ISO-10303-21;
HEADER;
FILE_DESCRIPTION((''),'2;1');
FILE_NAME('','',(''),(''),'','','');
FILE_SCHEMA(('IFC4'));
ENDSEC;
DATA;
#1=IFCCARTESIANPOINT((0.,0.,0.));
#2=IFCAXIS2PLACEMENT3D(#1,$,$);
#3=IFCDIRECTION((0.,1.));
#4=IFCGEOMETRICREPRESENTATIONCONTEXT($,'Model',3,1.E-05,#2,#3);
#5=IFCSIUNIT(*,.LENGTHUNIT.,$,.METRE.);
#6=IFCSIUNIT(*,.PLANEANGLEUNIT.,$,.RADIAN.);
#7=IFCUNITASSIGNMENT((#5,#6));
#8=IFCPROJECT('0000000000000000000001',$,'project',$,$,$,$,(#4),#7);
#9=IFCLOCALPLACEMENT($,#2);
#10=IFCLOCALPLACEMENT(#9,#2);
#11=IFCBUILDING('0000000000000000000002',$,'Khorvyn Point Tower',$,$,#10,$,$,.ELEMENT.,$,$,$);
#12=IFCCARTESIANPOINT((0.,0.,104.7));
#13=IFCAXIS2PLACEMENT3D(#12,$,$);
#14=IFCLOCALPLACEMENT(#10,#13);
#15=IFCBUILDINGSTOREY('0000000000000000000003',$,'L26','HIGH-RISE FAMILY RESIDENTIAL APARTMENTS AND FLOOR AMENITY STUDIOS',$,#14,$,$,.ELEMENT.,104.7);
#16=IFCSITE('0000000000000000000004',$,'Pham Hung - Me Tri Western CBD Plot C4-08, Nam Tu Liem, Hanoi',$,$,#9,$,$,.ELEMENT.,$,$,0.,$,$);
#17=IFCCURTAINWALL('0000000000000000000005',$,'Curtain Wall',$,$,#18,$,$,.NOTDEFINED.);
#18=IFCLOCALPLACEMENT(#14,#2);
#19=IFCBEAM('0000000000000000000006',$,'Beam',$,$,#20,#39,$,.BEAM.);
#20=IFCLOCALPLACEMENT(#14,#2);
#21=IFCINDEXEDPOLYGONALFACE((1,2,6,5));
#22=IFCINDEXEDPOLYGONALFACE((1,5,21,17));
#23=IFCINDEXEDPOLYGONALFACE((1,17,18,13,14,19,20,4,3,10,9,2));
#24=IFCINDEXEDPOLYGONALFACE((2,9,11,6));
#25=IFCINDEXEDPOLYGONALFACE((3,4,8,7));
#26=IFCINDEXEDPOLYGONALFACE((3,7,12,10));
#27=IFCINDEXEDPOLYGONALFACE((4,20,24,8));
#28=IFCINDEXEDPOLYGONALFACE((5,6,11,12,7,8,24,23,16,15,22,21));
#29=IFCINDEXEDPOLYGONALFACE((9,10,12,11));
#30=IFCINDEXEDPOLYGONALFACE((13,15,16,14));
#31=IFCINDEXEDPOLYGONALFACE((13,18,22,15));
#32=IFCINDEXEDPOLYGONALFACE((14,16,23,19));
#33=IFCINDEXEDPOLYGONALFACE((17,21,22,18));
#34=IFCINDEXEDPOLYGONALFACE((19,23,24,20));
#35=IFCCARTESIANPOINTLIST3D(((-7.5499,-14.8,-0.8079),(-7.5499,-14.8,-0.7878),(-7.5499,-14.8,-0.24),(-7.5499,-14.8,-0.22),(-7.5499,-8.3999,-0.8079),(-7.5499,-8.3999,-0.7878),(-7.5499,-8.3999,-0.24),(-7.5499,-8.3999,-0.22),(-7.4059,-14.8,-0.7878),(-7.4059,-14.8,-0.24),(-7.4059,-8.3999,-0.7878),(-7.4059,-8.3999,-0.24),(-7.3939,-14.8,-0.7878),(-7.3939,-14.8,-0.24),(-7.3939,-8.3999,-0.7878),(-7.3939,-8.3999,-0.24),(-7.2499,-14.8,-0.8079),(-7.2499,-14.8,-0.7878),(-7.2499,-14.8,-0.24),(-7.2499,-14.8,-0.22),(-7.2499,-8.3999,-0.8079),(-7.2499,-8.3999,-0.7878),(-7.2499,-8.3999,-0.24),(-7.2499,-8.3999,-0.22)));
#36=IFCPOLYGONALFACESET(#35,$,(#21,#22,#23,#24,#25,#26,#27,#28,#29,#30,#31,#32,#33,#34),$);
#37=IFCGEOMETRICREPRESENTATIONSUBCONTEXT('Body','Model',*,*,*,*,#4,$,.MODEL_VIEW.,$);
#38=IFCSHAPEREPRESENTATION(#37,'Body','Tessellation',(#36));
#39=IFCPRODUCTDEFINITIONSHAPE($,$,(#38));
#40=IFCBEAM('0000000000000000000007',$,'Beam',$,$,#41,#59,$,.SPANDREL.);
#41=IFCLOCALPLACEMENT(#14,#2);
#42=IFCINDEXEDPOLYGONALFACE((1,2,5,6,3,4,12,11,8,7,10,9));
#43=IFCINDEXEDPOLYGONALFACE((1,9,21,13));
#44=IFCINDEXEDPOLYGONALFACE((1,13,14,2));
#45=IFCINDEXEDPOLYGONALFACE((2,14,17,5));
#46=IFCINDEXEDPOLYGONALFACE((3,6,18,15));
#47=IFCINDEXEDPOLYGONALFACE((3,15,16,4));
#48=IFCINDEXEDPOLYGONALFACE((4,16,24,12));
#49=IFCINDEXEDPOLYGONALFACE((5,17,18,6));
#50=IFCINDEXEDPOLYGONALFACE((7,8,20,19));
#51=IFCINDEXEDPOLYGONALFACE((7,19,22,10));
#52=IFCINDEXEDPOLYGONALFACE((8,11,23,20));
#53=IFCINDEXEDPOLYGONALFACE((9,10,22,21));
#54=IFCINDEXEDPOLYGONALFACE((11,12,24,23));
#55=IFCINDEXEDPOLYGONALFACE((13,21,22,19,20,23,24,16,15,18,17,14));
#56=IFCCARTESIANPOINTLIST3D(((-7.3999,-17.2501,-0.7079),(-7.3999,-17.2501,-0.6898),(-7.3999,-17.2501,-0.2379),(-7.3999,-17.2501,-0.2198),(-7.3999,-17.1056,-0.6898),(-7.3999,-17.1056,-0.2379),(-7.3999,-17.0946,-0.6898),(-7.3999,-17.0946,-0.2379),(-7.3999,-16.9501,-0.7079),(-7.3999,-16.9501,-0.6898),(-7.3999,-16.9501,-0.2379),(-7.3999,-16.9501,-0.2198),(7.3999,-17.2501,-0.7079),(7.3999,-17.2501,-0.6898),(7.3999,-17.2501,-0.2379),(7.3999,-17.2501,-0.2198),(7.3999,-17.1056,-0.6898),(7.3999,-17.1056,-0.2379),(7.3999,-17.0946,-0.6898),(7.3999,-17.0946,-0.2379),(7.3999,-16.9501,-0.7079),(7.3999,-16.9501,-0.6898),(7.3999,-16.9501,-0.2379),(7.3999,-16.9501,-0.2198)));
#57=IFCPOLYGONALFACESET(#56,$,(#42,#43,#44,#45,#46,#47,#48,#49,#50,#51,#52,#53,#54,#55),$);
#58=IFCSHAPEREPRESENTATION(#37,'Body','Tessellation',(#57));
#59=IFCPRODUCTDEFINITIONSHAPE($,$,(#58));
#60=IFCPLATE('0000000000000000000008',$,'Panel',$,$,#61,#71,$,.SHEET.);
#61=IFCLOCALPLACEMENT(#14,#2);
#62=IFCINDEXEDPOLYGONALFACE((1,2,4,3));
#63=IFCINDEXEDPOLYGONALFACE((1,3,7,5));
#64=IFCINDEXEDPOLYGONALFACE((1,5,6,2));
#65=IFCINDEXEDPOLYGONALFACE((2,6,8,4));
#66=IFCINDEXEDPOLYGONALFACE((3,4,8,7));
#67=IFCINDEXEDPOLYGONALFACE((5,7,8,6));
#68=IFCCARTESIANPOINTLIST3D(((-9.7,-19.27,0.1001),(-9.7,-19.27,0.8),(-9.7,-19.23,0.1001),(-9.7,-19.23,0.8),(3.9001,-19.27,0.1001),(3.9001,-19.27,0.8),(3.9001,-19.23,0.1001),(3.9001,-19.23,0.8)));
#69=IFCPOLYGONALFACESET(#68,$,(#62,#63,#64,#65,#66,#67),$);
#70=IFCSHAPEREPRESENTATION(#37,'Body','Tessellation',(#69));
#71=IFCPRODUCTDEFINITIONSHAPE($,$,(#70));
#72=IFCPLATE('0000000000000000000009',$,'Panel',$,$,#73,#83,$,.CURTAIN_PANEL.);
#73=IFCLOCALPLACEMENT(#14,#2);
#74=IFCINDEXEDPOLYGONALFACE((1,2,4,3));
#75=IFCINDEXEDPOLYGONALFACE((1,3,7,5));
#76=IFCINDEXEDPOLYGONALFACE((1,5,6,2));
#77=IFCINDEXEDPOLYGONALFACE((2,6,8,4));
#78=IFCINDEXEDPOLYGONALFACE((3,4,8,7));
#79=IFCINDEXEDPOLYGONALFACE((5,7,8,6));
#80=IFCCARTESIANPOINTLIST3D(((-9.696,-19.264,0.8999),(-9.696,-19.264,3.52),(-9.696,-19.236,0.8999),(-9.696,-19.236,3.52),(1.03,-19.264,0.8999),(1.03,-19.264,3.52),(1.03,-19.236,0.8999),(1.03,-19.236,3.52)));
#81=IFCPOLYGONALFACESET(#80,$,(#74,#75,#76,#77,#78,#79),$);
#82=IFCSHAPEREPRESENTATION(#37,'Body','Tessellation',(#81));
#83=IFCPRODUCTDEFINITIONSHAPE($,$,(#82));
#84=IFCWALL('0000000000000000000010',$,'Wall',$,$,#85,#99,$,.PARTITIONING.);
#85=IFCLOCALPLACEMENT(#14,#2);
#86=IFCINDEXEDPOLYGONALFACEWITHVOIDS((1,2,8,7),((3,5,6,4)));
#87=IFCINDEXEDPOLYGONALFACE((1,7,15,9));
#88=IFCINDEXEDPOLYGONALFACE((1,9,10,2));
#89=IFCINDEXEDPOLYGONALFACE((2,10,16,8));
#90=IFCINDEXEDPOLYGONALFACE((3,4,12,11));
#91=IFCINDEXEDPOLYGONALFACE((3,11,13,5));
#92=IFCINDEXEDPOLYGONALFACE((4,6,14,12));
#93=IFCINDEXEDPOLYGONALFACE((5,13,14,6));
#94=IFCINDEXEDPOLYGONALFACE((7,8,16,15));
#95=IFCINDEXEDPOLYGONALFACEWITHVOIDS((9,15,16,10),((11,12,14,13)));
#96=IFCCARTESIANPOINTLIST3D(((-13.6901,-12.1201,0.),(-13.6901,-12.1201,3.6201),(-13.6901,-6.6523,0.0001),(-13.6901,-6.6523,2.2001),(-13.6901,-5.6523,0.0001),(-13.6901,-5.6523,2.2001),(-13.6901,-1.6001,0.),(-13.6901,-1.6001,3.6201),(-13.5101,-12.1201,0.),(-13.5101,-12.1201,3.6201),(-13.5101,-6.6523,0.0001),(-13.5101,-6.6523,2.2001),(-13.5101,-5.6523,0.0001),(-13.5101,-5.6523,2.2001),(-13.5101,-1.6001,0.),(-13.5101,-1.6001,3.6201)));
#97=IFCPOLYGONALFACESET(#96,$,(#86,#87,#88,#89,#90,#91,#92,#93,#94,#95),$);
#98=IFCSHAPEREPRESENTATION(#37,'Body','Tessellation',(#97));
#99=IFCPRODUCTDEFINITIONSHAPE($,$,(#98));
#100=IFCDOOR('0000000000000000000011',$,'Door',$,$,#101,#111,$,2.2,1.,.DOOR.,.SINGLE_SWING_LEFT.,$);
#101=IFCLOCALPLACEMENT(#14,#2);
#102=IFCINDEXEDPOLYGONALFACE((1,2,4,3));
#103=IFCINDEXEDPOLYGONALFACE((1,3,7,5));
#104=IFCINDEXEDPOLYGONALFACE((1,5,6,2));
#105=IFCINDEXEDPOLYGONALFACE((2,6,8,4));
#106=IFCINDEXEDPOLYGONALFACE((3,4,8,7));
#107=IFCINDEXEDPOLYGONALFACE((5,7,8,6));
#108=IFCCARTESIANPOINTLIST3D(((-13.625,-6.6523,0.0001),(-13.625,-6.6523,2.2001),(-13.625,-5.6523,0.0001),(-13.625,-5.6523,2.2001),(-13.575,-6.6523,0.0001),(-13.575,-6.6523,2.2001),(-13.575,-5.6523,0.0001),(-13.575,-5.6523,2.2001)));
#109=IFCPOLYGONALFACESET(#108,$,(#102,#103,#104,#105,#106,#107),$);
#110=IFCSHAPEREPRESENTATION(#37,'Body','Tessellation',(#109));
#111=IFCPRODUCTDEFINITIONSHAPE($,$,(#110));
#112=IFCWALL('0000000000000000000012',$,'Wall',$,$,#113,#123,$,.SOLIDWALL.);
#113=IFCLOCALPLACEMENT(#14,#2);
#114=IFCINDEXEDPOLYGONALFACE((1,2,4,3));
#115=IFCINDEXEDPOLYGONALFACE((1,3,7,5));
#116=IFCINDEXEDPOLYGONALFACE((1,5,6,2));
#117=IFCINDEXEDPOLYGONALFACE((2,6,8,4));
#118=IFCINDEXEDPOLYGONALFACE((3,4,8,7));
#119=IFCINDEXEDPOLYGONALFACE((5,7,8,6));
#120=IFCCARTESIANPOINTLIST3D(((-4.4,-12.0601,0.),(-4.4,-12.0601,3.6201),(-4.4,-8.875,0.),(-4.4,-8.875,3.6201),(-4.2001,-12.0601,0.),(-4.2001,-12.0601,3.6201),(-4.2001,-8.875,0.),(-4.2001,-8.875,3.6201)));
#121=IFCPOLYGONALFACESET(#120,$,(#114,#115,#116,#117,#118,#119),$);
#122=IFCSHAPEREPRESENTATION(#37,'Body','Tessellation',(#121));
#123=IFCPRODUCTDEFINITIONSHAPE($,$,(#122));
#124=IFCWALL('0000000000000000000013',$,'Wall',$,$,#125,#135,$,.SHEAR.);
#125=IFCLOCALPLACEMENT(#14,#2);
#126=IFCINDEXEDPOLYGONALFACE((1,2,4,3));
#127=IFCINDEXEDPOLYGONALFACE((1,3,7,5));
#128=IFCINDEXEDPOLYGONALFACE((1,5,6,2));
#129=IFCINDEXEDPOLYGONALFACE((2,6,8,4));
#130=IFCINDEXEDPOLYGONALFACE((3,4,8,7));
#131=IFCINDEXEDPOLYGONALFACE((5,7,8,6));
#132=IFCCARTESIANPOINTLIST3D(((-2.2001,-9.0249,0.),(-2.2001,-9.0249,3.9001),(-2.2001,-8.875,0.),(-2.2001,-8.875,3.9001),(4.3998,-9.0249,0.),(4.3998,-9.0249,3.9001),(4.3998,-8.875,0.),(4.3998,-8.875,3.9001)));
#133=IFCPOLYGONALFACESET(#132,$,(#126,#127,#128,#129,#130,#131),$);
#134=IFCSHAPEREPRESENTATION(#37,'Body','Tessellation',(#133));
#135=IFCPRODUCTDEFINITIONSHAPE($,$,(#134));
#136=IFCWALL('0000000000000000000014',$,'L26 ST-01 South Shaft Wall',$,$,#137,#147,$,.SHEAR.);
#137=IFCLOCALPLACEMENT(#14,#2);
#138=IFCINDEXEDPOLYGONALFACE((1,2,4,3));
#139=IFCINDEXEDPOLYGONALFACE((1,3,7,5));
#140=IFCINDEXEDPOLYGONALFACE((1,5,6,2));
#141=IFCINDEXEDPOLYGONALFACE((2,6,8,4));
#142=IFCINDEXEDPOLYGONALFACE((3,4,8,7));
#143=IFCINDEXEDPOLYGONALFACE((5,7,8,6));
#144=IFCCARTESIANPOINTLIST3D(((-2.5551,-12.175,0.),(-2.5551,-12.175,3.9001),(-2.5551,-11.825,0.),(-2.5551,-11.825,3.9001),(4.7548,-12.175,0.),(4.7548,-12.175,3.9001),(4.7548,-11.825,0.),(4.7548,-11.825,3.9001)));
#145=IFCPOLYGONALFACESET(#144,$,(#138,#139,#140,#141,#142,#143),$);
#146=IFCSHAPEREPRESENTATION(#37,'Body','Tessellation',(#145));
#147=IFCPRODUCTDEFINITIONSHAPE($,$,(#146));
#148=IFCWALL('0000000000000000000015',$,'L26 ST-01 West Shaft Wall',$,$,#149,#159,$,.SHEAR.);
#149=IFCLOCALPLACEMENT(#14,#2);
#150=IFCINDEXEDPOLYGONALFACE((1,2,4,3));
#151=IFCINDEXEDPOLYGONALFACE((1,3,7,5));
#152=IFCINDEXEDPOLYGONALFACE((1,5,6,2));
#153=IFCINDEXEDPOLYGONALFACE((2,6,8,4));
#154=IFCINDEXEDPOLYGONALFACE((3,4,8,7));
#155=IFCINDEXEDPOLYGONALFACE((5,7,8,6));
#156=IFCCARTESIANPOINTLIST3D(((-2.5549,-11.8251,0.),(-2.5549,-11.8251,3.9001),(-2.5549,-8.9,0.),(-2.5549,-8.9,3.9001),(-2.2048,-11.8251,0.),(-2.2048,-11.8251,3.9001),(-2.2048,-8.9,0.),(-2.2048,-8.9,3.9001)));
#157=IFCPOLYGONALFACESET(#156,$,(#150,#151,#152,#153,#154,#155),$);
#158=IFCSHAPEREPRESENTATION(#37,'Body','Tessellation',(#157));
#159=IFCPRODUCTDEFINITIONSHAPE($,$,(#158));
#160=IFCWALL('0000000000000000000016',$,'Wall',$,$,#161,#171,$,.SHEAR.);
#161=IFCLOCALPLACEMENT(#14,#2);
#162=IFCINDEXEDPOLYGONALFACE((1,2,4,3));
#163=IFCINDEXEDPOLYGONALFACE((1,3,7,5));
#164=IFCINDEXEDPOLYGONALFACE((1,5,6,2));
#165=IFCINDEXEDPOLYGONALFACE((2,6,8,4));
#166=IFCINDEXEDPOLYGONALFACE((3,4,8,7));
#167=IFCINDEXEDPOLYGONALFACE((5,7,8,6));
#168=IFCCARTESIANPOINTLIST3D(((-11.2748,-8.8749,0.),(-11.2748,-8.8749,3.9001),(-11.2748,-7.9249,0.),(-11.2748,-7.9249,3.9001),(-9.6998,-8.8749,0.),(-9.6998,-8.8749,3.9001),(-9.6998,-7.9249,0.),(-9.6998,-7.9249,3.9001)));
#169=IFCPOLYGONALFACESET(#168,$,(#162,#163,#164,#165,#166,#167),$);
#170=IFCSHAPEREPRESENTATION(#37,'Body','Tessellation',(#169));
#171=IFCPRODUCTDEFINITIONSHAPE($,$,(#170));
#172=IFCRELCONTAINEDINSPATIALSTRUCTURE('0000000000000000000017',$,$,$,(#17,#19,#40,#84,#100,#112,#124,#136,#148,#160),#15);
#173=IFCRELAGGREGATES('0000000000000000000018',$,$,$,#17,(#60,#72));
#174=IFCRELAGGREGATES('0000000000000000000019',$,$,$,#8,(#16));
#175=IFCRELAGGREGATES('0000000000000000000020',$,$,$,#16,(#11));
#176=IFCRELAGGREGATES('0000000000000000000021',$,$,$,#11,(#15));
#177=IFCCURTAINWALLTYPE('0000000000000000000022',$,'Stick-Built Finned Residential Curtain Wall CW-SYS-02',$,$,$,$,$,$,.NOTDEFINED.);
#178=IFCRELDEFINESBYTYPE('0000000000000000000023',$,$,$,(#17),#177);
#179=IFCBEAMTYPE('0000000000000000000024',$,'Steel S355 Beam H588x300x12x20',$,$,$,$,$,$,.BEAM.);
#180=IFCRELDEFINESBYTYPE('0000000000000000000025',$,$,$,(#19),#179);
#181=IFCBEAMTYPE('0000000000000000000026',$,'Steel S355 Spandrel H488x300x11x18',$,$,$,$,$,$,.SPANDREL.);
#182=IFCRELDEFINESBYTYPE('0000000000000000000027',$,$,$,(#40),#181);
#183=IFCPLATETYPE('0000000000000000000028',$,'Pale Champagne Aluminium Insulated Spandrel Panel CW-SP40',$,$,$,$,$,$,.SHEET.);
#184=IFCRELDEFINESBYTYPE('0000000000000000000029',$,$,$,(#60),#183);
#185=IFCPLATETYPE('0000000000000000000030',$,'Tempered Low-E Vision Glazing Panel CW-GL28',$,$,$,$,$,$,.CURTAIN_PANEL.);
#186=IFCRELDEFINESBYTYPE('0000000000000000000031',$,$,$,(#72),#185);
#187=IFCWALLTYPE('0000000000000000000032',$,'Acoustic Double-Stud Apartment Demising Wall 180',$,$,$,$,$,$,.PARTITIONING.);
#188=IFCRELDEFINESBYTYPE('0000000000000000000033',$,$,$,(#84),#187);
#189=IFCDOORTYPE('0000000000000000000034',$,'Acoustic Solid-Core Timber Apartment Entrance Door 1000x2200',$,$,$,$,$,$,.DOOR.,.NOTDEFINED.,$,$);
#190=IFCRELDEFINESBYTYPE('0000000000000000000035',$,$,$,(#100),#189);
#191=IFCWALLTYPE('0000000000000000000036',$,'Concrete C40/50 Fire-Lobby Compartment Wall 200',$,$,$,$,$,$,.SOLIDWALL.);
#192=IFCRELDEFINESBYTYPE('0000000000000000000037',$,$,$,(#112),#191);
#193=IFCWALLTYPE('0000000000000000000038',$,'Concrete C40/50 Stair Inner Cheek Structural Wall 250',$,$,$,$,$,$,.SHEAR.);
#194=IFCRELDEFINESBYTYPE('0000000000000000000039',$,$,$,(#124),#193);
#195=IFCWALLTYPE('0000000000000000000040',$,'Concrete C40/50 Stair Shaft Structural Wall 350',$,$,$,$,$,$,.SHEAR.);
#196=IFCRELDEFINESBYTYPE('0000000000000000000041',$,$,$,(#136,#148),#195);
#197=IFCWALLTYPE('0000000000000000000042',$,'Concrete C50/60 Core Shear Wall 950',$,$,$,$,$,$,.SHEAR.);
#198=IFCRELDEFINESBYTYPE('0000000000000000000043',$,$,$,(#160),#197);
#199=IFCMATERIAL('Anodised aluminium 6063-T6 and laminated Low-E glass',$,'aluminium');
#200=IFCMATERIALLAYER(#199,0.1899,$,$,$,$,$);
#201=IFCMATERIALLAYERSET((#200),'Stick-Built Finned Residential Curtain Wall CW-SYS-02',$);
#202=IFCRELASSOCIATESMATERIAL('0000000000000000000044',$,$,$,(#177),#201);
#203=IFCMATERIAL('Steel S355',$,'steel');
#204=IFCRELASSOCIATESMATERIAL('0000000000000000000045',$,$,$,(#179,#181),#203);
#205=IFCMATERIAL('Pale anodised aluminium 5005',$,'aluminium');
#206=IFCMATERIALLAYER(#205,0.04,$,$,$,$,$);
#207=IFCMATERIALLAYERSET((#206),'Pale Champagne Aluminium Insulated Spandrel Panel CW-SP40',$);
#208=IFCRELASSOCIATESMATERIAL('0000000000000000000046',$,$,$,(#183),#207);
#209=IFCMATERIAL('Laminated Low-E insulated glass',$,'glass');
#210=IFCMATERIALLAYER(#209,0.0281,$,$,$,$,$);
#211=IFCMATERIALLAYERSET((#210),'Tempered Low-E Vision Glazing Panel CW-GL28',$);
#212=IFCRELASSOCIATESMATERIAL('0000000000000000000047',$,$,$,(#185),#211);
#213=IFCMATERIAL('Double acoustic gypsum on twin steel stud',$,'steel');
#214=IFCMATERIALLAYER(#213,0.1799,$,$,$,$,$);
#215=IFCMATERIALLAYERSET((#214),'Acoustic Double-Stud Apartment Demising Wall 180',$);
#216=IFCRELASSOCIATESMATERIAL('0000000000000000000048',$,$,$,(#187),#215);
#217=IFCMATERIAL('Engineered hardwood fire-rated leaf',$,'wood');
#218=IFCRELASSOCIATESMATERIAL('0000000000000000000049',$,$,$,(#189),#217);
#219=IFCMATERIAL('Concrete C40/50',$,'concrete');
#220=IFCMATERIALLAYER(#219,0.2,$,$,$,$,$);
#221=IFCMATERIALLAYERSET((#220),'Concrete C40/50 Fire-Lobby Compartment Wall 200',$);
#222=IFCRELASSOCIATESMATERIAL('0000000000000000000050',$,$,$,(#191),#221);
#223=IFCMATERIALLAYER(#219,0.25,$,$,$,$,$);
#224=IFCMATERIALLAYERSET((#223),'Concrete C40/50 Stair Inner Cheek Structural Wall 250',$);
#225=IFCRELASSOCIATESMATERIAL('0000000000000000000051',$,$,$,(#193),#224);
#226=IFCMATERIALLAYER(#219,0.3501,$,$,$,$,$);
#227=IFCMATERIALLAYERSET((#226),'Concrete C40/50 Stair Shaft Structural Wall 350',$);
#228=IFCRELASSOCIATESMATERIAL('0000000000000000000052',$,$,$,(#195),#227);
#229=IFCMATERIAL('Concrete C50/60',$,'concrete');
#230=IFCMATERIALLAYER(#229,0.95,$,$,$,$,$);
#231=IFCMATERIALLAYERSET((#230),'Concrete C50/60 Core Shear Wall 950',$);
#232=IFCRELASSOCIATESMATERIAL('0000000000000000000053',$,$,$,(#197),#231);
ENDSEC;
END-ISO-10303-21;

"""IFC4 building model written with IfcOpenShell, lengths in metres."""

from ifc_helpers import new_model, si_unit, direction, frame, frame_2d, origin, origin_2d, place, context, subcontext, project, spatial, rectangle, i_section, extrude, material, layer, layer_set, material_profile, profile_set, type_object, element, fill, aggregate, save


model = new_model("IFC4")

# Units and contexts
model_context = context("Model", 3, precision=1e-05, world=origin(), true_north=direction((0.0, 1.0)))
body_context = subcontext(model_context, "Body", "Model", "MODEL_VIEW")
ifc_project = project(units=[si_unit("LENGTHUNIT", "METRE"), si_unit("PLANEANGLEUNIT", "RADIAN")], contexts=[model_context])

# Site, building, storey
site_placement = place(None, origin())
site = spatial("IfcSite", under=ifc_project, at=site_placement, Name="Pham Hung - Me Tri Western CBD Plot C4-08, Nam Tu Liem, Hanoi", CompositionType="ELEMENT", RefElevation=0.0)
building_placement = place(site_placement, origin())
building = spatial("IfcBuilding", under=site, at=building_placement, Name="Khorvyn Point Tower", CompositionType="ELEMENT")
storey_placement = place(building_placement, frame((0.0, 0.0, 104.7)))
storey = spatial("IfcBuildingStorey", under=building, at=storey_placement, Name="L26", Description="HIGH-RISE FAMILY RESIDENTIAL APARTMENTS AND FLOOR AMENITY STUDIOS", CompositionType="ELEMENT", Elevation=104.7)

# Shared definitions
ifc_material_1 = material(Name="Concrete C50/60", Category="concrete")

# Curtain wall
ifc_material_2 = material(Name="Anodised aluminium 6063-T6 and laminated Low-E glass", Category="aluminium")
ifc_layer_1 = layer(ifc_material_2, 0.1899)
ifc_layer_set_1 = layer_set([ifc_layer_1], Name="Stick-Built Finned Residential Curtain Wall CW-SYS-02")
curtain_wall_type = type_object("IfcCurtainWallType", Name="Stick-Built Finned Residential Curtain Wall CW-SYS-02", PredefinedType="NOTDEFINED", material=ifc_layer_set_1)
curtain_wall_placement = place(storey_placement, origin())
curtain_wall = element("IfcCurtainWall", 1, at=curtain_wall_placement, inside=storey, type_object=curtain_wall_type, Name="Curtain Wall", PredefinedType="NOTDEFINED")

# Beams
ifc_material_3 = material(Name="Steel S355", Category="steel")
ifc_material_profile_1 = material_profile(ifc_material_3, i_section(OverallWidth=0.3, OverallDepth=0.5879, WebThickness=0.012, FlangeThickness=0.02, at=origin_2d()))
ifc_profile_set_1 = profile_set([ifc_material_profile_1], Name="Steel S355 H588x300x12x20")
beam_type_1 = type_object("IfcBeamType", Name="Steel S355 Beam H588x300x12x20", PredefinedType="BEAM", material=ifc_profile_set_1)
beam_1_placement = place(storey_placement, frame((-7.3999, -14.8, -0.5139), z_axis=(0.0, 1.0, 0.0), x_axis=(-1.0, 0.0, 0.0)))
element("IfcBeam", 2, at=beam_1_placement, inside=storey, type_object=beam_type_1, Name="Beam", PredefinedType="BEAM", context=body_context, shape_type="SweptSolid", body=[
    extrude(i_section(OverallWidth=0.3, OverallDepth=0.5879, WebThickness=0.012, FlangeThickness=0.02, at=origin_2d()), origin(), (0.0, 0.0, 1.0), 6.4001),
])
ifc_material_profile_2 = material_profile(ifc_material_3, i_section(OverallWidth=0.3, OverallDepth=0.488, WebThickness=0.011, FlangeThickness=0.0181, at=origin_2d()))
ifc_profile_set_2 = profile_set([ifc_material_profile_2], Name="Steel S355 H488x300x11x18")
beam_type_2 = type_object("IfcBeamType", Name="Steel S355 Spandrel H488x300x11x18", PredefinedType="SPANDREL", material=ifc_profile_set_2)
beam_2_placement = place(storey_placement, frame((-7.3999, -17.1001, -0.4639), z_axis=(1.0, 0.0, 0.0), x_axis=(0.0, 1.0, 0.0)))
element("IfcBeam", 3, at=beam_2_placement, inside=storey, type_object=beam_type_2, Name="Beam", PredefinedType="SPANDREL", context=body_context, shape_type="SweptSolid", body=[
    extrude(i_section(OverallWidth=0.3, OverallDepth=0.488, WebThickness=0.011, FlangeThickness=0.0181, at=origin_2d()), origin(), (0.0, 0.0, 1.0), 14.7998),
])

# Plates
ifc_material_4 = material(Name="Pale anodised aluminium 5005", Category="aluminium")
ifc_layer_2 = layer(ifc_material_4, 0.04)
ifc_layer_set_2 = layer_set([ifc_layer_2], Name="Pale Champagne Aluminium Insulated Spandrel Panel CW-SP40")
plate_type_1 = type_object("IfcPlateType", Name="Pale Champagne Aluminium Insulated Spandrel Panel CW-SP40", PredefinedType="SHEET", material=ifc_layer_set_2)
plate_1_placement = place(storey_placement, frame((-2.8999, -19.25, 0.1001), z_axis=(0.0, 0.0, 1.0), x_axis=(-1.0, 0.0, 0.0)))
plate_1 = element("IfcPlate", 4, at=plate_1_placement, type_object=plate_type_1, Name="Panel", PredefinedType="SHEET", context=body_context, shape_type="SweptSolid", body=[
    extrude(rectangle(XDim=13.6001, YDim=0.04, at=origin_2d()), origin(), (0.0, 0.0, 1.0), 0.7),
])
ifc_material_5 = material(Name="Laminated Low-E insulated glass", Category="glass")
ifc_layer_3 = layer(ifc_material_5, 0.0281)
ifc_layer_set_3 = layer_set([ifc_layer_3], Name="Tempered Low-E Vision Glazing Panel CW-GL28")
plate_type_2 = type_object("IfcPlateType", Name="Tempered Low-E Vision Glazing Panel CW-GL28", PredefinedType="CURTAIN_PANEL", material=ifc_layer_set_3)
plate_2_placement = place(storey_placement, frame((-4.333, -19.25, 0.8999), z_axis=(0.0, 0.0, 1.0), x_axis=(-1.0, 0.0, 0.0)))
plate_2 = element("IfcPlate", 5, at=plate_2_placement, type_object=plate_type_2, Name="Panel", PredefinedType="CURTAIN_PANEL", context=body_context, shape_type="SweptSolid", body=[
    extrude(rectangle(XDim=10.7261, YDim=0.0281, at=origin_2d()), origin(), (0.0, 0.0, 1.0), 2.6201),
])
aggregate(curtain_wall, [plate_1, plate_2])

# Wall, opening, door
ifc_material_6 = material(Name="Double acoustic gypsum on twin steel stud", Category="steel")
ifc_layer_4 = layer(ifc_material_6, 0.1799)
ifc_layer_set_4 = layer_set([ifc_layer_4], Name="Acoustic Double-Stud Apartment Demising Wall 180")
wall_type_1 = type_object("IfcWallType", Name="Acoustic Double-Stud Apartment Demising Wall 180", PredefinedType="PARTITIONING", material=ifc_layer_set_4)
wall_1_placement = place(storey_placement, frame((-13.6001, -12.1201, 0.0), z_axis=(0.0, 0.0, 1.0), x_axis=(0.0, 1.0, 0.0)))
wall_1 = element("IfcWall", 6, at=wall_1_placement, inside=storey, type_object=wall_type_1, Name="Wall", PredefinedType="PARTITIONING", context=body_context, shape_type="SweptSolid", body=[
    extrude(rectangle(XDim=10.52, YDim=0.1799, at=frame_2d((5.26, 0.0))), origin(), (0.0, 0.0, 1.0), 3.6201),
])
opening_1_placement = place(wall_1_placement, frame((5.4678, 0.0, 0.0)))
opening_1 = element("IfcOpeningElement", 7, at=opening_1_placement, cuts=wall_1, PredefinedType="OPENING", context=body_context, shape_type="SweptSolid", body=[
    extrude(rectangle(XDim=1.0, YDim=2.2, at=frame_2d((0.5, 1.1001))), frame((0.0, 0.0999, 0.0), z_axis=(0.0, -1.0, 0.0), x_axis=(1.0, 0.0, 0.0)), (0.0, 0.0, 1.0), 0.2),
])
ifc_material_7 = material(Name="Engineered hardwood fire-rated leaf", Category="wood")
door_type_1 = type_object("IfcDoorType", Name="Acoustic Solid-Core Timber Apartment Entrance Door 1000x2200", OperationType="NOTDEFINED", PredefinedType="DOOR", material=ifc_material_7)
door_1_placement = place(opening_1_placement, origin())
door_1 = element("IfcDoor", 8, at=door_1_placement, inside=storey, type_object=door_type_1, Name="Door", OperationType="SINGLE_SWING_LEFT", OverallHeight=2.2, OverallWidth=1.0, PredefinedType="DOOR", context=body_context, shape_type="SweptSolid", body=[
    extrude(rectangle(XDim=1.0, YDim=2.2, at=frame_2d((0.5, 1.1001))), frame((0.0, 0.0249, 0.0), z_axis=(0.0, -1.0, 0.0), x_axis=(1.0, 0.0, 0.0)), (0.0, 0.0, 1.0), 0.05),
])
fill(opening_1, door_1)
ifc_material_8 = material(Name="Concrete C40/50", Category="concrete")
ifc_layer_5 = layer(ifc_material_8, 0.2)
ifc_layer_set_5 = layer_set([ifc_layer_5], Name="Concrete C40/50 Fire-Lobby Compartment Wall 200")
wall_type_2 = type_object("IfcWallType", Name="Concrete C40/50 Fire-Lobby Compartment Wall 200", PredefinedType="SOLIDWALL", material=ifc_layer_set_5)

# Walls
wall_2_placement = place(storey_placement, frame((-4.3, -12.0601, 0.0), z_axis=(0.0, 0.0, 1.0), x_axis=(0.0, 1.0, 0.0)))
element("IfcWall", 9, at=wall_2_placement, inside=storey, type_object=wall_type_2, Name="Wall", PredefinedType="SOLIDWALL", context=body_context, shape_type="SweptSolid", body=[
    extrude(rectangle(XDim=3.1851, YDim=0.2, at=frame_2d((1.5925, 0.0))), origin(), (0.0, 0.0, 1.0), 3.6201),
])
ifc_layer_6 = layer(ifc_material_8, 0.25)
ifc_layer_set_6 = layer_set([ifc_layer_6], Name="Concrete C40/50 Stair Inner Cheek Structural Wall 250")
wall_type_3 = type_object("IfcWallType", Name="Concrete C40/50 Stair Inner Cheek Structural Wall 250", PredefinedType="SHEAR", material=ifc_layer_set_6)
wall_3_placement = place(storey_placement, frame((-2.2, -8.95, 0.0), z_axis=(0.0, 0.0, 1.0), x_axis=(1.0, 0.0, 0.0)))
element("IfcWall", 10, at=wall_3_placement, inside=storey, type_object=wall_type_3, Name="Wall", PredefinedType="SHEAR", context=body_context, shape_type="SweptSolid", body=[
    extrude(rectangle(XDim=6.5999, YDim=0.1499, at=frame_2d((3.2998, 0.0))), origin(), (0.0, 0.0, 1.0), 3.9001),
])
ifc_layer_7 = layer(ifc_material_8, 0.3501)
ifc_layer_set_7 = layer_set([ifc_layer_7], Name="Concrete C40/50 Stair Shaft Structural Wall 350")
wall_type_4 = type_object("IfcWallType", Name="Concrete C40/50 Stair Shaft Structural Wall 350", PredefinedType="SHEAR", material=ifc_layer_set_7)
wall_4_placement = place(storey_placement, frame((-2.5549, -12.0, 0.0), z_axis=(0.0, 0.0, 1.0), x_axis=(1.0, 0.0, 0.0)))
element("IfcWall", 11, at=wall_4_placement, inside=storey, type_object=wall_type_4, Name="L26 ST-01 South Shaft Wall", PredefinedType="SHEAR", context=body_context, shape_type="SweptSolid", body=[
    extrude(rectangle(XDim=7.3098, YDim=0.3501, at=frame_2d((3.6548, 0.0))), origin(), (0.0, 0.0, 1.0), 3.9001),
])
wall_5_placement = place(storey_placement, frame((-2.3799, -11.825, 0.0), z_axis=(0.0, 0.0, 1.0), x_axis=(0.0, 1.0, 0.0)))
element("IfcWall", 12, at=wall_5_placement, inside=storey, type_object=wall_type_4, Name="L26 ST-01 West Shaft Wall", PredefinedType="SHEAR", context=body_context, shape_type="SweptSolid", body=[
    extrude(rectangle(XDim=2.925, YDim=0.3501, at=frame_2d((1.4624, 0.0))), origin(), (0.0, 0.0, 1.0), 3.9001),
])
ifc_layer_8 = layer(ifc_material_1, 0.95)
ifc_layer_set_8 = layer_set([ifc_layer_8], Name="Concrete C50/60 Core Shear Wall 950")
wall_type_5 = type_object("IfcWallType", Name="Concrete C50/60 Core Shear Wall 950", PredefinedType="SHEAR", material=ifc_layer_set_8)
wall_6_placement = place(storey_placement, frame((-11.2749, -8.3999, 0.0), z_axis=(0.0, 0.0, 1.0), x_axis=(1.0, 0.0, 0.0)))
element("IfcWall", 13, at=wall_6_placement, inside=storey, type_object=wall_type_5, Name="Wall", PredefinedType="SHEAR", context=body_context, shape_type="SweptSolid", body=[
    extrude(rectangle(XDim=1.575, YDim=0.95, at=frame_2d((0.7876, 0.0))), origin(), (0.0, 0.0, 1.0), 3.9001),
])

save(model, "model.ifc")
